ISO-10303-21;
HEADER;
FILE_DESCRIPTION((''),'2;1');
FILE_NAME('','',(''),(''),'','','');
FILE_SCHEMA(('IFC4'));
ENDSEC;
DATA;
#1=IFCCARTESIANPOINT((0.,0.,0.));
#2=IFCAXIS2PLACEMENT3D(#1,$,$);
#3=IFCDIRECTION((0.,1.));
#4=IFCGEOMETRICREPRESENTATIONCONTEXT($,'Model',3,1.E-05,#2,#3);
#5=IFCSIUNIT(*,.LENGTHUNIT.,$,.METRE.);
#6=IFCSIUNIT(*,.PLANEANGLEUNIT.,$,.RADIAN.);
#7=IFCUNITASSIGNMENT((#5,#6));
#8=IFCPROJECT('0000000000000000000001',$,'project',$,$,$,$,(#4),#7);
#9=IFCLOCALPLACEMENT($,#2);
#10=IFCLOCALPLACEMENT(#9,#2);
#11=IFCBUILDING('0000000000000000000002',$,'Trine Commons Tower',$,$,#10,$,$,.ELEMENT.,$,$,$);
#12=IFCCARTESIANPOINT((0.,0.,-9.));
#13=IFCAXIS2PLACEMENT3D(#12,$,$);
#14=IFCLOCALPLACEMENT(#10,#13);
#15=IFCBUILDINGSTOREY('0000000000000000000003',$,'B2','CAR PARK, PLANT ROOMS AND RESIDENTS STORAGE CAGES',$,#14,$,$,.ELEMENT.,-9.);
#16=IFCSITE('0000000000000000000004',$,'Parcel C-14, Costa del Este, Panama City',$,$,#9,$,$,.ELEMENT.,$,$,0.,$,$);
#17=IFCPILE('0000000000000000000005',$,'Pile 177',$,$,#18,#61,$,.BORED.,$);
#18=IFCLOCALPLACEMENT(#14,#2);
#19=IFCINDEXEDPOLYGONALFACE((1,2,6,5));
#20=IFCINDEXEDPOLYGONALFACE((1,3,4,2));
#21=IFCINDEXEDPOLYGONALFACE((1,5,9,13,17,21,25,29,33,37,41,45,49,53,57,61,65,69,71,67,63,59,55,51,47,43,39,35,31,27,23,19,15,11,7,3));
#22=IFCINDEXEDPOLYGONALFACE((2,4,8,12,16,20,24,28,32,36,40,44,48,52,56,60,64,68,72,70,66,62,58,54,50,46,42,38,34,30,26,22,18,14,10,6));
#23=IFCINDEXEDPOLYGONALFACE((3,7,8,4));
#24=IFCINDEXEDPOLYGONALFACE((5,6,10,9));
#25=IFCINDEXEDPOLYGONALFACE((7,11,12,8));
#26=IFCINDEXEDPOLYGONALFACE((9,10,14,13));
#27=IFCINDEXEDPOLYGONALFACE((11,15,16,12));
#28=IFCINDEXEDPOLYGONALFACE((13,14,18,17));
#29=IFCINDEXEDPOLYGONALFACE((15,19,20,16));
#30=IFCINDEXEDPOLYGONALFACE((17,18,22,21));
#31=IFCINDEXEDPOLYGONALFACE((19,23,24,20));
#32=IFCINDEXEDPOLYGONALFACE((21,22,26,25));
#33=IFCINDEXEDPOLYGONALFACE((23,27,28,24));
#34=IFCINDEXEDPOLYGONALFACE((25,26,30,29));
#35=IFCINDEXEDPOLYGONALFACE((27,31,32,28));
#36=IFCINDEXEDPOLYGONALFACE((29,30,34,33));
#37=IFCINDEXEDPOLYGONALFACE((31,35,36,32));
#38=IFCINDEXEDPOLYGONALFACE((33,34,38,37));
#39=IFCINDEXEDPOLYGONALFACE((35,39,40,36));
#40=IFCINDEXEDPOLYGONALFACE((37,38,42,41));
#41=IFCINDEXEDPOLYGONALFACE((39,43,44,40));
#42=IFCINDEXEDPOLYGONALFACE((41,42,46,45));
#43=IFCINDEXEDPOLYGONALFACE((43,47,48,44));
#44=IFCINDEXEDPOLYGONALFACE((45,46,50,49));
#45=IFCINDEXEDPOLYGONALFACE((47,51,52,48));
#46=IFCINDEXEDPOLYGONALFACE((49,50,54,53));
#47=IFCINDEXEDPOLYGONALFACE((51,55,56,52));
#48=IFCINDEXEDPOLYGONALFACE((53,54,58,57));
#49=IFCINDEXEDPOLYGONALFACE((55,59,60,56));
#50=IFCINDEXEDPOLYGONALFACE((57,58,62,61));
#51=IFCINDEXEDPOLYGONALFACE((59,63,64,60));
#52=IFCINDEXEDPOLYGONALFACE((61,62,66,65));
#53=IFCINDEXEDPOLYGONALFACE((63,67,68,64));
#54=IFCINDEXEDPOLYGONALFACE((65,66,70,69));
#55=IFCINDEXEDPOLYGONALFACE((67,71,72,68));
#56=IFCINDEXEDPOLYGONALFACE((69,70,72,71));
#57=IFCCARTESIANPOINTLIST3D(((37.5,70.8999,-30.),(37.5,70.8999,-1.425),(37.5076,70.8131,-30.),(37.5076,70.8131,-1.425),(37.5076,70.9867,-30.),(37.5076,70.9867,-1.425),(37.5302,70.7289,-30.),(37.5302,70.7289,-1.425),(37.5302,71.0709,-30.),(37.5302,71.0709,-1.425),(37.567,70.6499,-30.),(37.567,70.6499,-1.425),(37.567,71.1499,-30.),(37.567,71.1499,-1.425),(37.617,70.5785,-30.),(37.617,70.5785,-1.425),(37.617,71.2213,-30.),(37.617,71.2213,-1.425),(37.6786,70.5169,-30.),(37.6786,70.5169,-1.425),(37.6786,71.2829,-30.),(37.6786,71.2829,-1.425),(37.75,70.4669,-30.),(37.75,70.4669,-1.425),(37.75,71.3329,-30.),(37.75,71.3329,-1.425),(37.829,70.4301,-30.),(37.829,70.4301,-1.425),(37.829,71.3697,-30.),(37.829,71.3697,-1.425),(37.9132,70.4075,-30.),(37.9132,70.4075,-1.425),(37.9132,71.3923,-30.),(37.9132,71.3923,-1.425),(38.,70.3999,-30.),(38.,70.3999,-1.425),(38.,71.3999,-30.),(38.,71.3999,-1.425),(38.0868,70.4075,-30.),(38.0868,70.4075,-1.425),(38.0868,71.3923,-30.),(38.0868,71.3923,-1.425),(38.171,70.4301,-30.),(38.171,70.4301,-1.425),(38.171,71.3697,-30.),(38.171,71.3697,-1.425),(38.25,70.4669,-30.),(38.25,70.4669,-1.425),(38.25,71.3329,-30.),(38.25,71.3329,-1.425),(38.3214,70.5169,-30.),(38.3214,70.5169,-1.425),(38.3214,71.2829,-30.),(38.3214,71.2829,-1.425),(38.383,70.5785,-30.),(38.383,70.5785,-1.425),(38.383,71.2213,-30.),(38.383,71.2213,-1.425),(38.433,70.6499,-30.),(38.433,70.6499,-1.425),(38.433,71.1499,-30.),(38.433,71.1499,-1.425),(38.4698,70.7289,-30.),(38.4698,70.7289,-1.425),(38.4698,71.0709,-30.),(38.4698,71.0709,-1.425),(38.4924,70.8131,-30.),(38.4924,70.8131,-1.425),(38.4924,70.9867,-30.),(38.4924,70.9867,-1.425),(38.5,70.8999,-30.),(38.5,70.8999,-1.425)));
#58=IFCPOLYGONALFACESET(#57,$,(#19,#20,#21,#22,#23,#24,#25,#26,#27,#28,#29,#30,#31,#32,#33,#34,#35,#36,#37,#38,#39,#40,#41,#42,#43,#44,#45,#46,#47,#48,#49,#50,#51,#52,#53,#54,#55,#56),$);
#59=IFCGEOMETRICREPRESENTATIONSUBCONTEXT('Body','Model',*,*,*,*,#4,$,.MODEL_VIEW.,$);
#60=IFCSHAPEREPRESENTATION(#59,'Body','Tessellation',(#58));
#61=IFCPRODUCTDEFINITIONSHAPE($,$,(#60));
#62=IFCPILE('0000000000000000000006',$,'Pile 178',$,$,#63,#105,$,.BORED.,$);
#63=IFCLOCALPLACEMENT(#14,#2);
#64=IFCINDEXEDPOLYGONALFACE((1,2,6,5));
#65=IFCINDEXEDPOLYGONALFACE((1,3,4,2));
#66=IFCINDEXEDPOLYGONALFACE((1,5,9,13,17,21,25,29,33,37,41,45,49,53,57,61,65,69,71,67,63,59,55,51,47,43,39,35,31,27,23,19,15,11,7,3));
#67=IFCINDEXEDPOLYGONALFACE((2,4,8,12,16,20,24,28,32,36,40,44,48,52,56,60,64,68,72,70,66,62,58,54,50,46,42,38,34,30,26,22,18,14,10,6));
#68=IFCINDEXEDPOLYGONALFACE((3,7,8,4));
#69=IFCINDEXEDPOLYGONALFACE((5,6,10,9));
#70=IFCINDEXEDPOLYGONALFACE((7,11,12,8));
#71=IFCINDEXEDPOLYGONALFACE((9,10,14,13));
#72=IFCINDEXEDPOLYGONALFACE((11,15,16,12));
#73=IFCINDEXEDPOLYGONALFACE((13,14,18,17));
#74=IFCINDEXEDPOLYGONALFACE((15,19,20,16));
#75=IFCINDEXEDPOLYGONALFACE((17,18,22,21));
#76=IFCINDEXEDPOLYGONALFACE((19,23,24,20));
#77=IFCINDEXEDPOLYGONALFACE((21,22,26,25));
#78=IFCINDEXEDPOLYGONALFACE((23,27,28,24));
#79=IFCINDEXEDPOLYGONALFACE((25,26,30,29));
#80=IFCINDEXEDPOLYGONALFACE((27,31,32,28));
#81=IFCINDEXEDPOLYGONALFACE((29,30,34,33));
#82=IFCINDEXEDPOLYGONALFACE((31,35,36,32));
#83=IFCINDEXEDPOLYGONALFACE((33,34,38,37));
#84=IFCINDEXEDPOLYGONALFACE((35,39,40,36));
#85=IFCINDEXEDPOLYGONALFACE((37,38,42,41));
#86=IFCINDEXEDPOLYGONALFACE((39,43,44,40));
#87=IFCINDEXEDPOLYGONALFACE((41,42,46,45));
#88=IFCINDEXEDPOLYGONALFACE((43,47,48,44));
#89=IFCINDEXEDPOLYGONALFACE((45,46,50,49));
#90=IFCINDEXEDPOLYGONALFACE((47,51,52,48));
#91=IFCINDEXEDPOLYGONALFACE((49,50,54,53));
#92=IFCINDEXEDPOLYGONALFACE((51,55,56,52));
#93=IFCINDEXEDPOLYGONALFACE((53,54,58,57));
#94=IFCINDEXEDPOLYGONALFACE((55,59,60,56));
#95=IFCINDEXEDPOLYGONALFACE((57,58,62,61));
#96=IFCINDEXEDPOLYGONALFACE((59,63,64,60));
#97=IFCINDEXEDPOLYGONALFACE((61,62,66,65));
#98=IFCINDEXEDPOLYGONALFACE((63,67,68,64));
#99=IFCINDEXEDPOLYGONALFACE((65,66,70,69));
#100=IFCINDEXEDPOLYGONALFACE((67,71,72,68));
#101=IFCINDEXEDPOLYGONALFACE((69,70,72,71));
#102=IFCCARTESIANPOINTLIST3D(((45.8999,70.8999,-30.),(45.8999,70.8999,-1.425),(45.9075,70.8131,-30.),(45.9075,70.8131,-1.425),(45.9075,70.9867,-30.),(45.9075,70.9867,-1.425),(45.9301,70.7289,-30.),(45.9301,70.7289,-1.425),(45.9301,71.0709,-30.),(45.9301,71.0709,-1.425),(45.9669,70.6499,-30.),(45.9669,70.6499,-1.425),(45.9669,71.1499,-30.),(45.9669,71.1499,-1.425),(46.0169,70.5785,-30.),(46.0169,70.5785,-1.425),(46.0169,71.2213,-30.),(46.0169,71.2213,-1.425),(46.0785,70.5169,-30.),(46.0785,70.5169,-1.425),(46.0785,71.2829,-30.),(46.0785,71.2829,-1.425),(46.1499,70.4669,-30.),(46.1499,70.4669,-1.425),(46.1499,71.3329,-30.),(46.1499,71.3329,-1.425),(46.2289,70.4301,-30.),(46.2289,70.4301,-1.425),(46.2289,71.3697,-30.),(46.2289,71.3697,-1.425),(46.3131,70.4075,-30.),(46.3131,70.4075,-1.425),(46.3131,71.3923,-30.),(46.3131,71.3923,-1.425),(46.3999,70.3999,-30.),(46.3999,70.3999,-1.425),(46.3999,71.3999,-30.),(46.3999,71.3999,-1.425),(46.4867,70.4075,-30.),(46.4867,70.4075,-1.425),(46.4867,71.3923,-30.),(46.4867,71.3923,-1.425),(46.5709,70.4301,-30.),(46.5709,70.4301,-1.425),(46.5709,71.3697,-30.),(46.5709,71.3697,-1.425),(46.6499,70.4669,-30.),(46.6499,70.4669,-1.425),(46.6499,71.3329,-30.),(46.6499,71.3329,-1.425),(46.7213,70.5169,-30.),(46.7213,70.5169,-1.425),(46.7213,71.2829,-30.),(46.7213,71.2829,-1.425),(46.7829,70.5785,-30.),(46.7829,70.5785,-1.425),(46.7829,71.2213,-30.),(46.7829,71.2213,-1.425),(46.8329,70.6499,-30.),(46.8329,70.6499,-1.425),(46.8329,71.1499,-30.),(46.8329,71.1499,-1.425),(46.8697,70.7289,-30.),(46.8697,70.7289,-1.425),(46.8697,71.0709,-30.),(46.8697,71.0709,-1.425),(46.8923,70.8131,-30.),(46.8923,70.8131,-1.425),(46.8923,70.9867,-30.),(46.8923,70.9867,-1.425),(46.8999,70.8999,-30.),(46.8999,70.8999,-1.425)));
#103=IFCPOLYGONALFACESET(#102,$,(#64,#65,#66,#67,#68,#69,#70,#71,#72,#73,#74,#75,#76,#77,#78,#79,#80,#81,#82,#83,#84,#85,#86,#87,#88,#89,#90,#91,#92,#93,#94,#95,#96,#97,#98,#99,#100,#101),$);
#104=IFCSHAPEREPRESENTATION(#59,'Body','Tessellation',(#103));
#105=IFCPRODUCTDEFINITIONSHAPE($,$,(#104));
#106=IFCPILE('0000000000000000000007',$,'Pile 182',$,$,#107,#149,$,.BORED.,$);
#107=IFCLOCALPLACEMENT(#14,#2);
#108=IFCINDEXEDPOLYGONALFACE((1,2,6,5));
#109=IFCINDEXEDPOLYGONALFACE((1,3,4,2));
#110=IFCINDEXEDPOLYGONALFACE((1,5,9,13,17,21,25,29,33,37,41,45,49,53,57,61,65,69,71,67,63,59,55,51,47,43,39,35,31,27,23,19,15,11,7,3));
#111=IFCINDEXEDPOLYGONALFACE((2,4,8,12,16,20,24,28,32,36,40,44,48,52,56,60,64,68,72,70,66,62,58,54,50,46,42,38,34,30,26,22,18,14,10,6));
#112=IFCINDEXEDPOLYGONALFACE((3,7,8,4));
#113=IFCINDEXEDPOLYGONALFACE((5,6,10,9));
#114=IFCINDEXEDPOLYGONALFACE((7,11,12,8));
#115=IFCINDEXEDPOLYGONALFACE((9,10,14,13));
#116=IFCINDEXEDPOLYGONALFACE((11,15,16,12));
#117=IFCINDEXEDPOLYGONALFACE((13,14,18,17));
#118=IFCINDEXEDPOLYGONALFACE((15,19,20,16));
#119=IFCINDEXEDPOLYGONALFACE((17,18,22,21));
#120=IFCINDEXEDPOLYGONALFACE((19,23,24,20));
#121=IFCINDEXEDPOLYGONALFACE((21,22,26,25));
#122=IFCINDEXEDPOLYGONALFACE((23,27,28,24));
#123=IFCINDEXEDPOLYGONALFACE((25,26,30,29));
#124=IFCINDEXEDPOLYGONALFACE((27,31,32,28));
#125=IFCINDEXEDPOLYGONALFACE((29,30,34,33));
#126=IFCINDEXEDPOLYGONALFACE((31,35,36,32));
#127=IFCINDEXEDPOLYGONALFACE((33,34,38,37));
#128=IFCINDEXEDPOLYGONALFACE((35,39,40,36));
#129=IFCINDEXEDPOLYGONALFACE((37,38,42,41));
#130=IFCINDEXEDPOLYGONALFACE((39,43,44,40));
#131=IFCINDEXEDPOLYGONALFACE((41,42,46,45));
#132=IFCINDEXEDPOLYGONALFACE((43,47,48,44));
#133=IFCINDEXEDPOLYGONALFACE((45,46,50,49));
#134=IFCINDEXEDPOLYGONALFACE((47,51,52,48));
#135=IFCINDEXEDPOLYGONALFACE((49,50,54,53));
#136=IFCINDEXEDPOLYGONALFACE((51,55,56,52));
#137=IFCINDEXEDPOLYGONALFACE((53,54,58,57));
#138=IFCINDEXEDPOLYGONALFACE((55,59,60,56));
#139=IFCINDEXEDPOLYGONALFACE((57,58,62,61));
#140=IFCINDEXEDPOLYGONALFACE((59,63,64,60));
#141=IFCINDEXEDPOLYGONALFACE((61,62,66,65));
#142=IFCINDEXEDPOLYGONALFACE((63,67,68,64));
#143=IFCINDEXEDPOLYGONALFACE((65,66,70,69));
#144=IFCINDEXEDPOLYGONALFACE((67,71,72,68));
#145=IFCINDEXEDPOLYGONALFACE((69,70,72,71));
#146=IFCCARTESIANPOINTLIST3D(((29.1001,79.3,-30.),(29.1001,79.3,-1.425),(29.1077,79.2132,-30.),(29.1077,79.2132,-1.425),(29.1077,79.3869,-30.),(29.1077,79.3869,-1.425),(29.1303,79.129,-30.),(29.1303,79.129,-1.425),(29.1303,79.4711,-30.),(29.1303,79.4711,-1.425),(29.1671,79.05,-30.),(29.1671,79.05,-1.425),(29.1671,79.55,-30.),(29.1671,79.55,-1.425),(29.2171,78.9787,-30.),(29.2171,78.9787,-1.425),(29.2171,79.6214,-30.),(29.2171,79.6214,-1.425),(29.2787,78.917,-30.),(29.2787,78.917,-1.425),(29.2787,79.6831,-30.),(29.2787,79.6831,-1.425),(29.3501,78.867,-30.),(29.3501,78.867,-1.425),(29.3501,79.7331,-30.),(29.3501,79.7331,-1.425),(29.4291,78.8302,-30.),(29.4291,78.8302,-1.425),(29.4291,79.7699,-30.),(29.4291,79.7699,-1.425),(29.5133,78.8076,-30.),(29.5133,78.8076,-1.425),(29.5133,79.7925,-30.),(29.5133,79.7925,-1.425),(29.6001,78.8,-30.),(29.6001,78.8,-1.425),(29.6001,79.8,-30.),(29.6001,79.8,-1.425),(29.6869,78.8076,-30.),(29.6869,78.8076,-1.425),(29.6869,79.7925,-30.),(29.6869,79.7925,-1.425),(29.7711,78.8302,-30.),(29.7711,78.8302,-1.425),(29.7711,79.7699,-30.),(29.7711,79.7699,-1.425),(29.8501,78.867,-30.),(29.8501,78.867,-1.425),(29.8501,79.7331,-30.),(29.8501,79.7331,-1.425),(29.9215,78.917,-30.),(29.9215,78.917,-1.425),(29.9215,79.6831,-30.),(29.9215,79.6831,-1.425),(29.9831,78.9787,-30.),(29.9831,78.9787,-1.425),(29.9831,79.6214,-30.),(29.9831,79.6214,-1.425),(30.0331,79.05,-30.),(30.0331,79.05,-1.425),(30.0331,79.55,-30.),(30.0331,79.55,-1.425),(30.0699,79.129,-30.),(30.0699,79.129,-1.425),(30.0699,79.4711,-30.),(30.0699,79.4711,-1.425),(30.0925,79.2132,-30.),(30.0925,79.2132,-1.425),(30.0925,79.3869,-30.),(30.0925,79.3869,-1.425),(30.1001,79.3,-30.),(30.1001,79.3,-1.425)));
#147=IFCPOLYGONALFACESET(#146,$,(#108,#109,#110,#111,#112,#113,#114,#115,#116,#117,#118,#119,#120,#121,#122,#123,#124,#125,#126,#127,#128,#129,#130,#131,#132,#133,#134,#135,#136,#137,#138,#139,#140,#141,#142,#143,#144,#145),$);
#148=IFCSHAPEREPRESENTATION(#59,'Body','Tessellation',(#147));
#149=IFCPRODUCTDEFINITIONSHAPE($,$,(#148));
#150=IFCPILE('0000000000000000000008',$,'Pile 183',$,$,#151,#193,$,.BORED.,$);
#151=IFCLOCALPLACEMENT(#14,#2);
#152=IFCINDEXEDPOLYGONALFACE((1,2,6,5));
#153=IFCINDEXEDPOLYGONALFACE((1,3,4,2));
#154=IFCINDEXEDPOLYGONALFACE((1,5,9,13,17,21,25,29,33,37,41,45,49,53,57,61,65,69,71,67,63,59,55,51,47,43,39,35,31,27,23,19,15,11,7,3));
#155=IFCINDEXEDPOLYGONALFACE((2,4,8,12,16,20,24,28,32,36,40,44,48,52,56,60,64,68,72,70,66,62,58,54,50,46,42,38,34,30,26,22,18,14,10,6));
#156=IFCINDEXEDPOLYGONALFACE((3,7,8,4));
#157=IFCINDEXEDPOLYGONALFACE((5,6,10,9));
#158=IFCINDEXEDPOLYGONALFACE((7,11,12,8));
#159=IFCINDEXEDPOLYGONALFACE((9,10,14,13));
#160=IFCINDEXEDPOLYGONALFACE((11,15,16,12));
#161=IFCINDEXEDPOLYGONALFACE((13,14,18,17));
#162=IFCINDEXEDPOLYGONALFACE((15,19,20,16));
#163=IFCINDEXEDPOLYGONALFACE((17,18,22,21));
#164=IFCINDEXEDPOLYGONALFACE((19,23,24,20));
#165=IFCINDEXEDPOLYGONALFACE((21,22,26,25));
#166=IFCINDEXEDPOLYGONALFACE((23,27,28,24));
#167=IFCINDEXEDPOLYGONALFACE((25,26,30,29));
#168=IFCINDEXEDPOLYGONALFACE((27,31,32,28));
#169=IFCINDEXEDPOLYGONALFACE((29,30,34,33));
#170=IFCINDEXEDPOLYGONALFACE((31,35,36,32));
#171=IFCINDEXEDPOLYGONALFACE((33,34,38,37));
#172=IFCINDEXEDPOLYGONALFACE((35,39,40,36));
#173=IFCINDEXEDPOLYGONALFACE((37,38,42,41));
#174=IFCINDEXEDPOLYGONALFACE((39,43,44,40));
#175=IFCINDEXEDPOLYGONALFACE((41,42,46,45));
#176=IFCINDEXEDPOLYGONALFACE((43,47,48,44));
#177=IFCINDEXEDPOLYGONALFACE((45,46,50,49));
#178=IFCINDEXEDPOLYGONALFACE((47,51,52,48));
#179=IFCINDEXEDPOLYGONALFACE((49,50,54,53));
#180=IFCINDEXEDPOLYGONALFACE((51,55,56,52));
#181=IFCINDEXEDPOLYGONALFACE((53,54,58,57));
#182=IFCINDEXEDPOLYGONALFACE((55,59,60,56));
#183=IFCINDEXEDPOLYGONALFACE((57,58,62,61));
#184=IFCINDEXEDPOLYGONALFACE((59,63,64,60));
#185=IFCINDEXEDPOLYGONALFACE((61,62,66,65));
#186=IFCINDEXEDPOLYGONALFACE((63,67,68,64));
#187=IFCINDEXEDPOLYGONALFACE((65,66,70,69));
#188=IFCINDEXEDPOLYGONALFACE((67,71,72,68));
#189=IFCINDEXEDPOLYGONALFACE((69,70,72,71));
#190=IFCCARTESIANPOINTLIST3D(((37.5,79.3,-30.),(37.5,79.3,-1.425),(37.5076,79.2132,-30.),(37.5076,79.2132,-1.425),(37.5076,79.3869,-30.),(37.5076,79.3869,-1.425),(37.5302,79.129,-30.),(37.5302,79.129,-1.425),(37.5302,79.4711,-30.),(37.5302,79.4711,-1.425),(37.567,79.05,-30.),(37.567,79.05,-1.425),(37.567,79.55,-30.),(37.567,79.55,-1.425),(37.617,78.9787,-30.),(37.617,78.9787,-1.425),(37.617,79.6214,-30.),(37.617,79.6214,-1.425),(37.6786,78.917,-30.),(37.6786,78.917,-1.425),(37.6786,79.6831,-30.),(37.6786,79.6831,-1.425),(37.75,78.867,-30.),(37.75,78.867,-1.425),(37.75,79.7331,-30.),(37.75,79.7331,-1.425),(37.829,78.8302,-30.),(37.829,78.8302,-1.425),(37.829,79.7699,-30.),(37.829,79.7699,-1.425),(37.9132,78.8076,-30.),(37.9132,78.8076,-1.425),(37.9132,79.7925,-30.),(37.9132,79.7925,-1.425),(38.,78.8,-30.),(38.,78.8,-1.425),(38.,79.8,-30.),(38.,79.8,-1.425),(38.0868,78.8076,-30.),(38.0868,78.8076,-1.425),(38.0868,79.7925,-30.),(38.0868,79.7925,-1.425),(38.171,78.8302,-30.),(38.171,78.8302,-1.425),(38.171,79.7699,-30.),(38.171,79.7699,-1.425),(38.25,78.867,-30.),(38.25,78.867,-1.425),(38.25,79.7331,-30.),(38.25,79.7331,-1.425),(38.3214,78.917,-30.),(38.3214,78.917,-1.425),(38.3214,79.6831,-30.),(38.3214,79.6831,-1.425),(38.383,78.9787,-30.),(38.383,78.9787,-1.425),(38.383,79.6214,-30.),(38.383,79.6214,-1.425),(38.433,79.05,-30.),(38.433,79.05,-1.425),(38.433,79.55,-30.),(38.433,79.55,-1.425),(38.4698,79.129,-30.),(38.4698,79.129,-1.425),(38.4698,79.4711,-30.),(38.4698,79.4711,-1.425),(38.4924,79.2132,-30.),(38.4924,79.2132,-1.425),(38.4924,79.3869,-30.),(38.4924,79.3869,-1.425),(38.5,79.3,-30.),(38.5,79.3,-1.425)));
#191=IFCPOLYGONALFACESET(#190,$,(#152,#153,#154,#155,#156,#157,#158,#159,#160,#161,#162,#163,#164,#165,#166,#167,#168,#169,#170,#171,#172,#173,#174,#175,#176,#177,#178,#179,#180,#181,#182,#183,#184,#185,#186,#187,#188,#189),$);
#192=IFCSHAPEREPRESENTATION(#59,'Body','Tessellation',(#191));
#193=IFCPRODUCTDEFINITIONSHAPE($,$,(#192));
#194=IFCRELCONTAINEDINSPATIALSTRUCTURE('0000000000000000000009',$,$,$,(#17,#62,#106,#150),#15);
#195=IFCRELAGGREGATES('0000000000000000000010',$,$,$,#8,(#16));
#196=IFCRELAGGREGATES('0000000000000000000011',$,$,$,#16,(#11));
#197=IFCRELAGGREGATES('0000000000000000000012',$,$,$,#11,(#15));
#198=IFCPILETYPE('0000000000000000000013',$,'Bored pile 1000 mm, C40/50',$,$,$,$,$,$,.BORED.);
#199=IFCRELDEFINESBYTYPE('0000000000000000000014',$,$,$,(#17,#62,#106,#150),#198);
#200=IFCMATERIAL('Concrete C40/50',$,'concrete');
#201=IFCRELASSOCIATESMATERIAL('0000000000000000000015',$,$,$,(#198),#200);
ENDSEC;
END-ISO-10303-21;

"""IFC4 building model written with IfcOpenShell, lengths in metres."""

from ifc_helpers import new_model, si_unit, direction, frame, origin, origin_2d, place, context, subcontext, project, spatial, circle, extrude, material, type_object, element, save


model = new_model("IFC4")

# Units and contexts
model_context = context("Model", 3, precision=1e-05, world=origin(), true_north=direction((0.0, 1.0)))
body_context = subcontext(model_context, "Body", "Model", "MODEL_VIEW")
ifc_project = project(units=[si_unit("LENGTHUNIT", "METRE"), si_unit("PLANEANGLEUNIT", "RADIAN")], contexts=[model_context])

# Site, building, storey
site_placement = place(None, origin())
site = spatial("IfcSite", under=ifc_project, at=site_placement, Name="Parcel C-14, Costa del Este, Panama City", CompositionType="ELEMENT", RefElevation=0.0)
building_placement = place(site_placement, origin())
building = spatial("IfcBuilding", under=site, at=building_placement, Name="Trine Commons Tower", CompositionType="ELEMENT")
storey_placement = place(building_placement, frame((0.0, 0.0, -9.0)))
storey = spatial("IfcBuildingStorey", under=building, at=storey_placement, Name="B2", Description="CAR PARK, PLANT ROOMS AND RESIDENTS STORAGE CAGES", CompositionType="ELEMENT", Elevation=-9.0)

# Piles
ifc_material_1 = material(Name="Concrete C40/50", Category="concrete")
pile_type_1 = type_object("IfcPileType", Name="Bored pile 1000 mm, C40/50", PredefinedType="BORED", material=ifc_material_1)
for number, where, z_axis, x_axis, name in (
    (1, (38.0, 70.8999, -1.425), (0.0, 0.0, -1.0), (1.0, 0.0, 0.0), "Pile 177"),
    (2, (46.3999, 70.8999, -1.425), (0.0, 0.0, -1.0), (1.0, 0.0, 0.0), "Pile 178"),
    (3, (29.6001, 79.3, -1.425), (0.0, 0.0, -1.0), (1.0, 0.0, 0.0), "Pile 182"),
    (4, (38.0, 79.3, -1.425), (0.0, 0.0, -1.0), (1.0, 0.0, 0.0), "Pile 183"),
):
    element("IfcPile", number, at=place(storey_placement, frame(where, z_axis=z_axis, x_axis=x_axis)), inside=storey, type_object=pile_type_1, Name=name, PredefinedType="BORED", context=body_context, shape_type="SweptSolid", body=[
        extrude(circle(Radius=0.5, at=origin_2d()), origin(), (0.0, 0.0, 1.0), 28.575),
    ])

save(model, "model.ifc")
